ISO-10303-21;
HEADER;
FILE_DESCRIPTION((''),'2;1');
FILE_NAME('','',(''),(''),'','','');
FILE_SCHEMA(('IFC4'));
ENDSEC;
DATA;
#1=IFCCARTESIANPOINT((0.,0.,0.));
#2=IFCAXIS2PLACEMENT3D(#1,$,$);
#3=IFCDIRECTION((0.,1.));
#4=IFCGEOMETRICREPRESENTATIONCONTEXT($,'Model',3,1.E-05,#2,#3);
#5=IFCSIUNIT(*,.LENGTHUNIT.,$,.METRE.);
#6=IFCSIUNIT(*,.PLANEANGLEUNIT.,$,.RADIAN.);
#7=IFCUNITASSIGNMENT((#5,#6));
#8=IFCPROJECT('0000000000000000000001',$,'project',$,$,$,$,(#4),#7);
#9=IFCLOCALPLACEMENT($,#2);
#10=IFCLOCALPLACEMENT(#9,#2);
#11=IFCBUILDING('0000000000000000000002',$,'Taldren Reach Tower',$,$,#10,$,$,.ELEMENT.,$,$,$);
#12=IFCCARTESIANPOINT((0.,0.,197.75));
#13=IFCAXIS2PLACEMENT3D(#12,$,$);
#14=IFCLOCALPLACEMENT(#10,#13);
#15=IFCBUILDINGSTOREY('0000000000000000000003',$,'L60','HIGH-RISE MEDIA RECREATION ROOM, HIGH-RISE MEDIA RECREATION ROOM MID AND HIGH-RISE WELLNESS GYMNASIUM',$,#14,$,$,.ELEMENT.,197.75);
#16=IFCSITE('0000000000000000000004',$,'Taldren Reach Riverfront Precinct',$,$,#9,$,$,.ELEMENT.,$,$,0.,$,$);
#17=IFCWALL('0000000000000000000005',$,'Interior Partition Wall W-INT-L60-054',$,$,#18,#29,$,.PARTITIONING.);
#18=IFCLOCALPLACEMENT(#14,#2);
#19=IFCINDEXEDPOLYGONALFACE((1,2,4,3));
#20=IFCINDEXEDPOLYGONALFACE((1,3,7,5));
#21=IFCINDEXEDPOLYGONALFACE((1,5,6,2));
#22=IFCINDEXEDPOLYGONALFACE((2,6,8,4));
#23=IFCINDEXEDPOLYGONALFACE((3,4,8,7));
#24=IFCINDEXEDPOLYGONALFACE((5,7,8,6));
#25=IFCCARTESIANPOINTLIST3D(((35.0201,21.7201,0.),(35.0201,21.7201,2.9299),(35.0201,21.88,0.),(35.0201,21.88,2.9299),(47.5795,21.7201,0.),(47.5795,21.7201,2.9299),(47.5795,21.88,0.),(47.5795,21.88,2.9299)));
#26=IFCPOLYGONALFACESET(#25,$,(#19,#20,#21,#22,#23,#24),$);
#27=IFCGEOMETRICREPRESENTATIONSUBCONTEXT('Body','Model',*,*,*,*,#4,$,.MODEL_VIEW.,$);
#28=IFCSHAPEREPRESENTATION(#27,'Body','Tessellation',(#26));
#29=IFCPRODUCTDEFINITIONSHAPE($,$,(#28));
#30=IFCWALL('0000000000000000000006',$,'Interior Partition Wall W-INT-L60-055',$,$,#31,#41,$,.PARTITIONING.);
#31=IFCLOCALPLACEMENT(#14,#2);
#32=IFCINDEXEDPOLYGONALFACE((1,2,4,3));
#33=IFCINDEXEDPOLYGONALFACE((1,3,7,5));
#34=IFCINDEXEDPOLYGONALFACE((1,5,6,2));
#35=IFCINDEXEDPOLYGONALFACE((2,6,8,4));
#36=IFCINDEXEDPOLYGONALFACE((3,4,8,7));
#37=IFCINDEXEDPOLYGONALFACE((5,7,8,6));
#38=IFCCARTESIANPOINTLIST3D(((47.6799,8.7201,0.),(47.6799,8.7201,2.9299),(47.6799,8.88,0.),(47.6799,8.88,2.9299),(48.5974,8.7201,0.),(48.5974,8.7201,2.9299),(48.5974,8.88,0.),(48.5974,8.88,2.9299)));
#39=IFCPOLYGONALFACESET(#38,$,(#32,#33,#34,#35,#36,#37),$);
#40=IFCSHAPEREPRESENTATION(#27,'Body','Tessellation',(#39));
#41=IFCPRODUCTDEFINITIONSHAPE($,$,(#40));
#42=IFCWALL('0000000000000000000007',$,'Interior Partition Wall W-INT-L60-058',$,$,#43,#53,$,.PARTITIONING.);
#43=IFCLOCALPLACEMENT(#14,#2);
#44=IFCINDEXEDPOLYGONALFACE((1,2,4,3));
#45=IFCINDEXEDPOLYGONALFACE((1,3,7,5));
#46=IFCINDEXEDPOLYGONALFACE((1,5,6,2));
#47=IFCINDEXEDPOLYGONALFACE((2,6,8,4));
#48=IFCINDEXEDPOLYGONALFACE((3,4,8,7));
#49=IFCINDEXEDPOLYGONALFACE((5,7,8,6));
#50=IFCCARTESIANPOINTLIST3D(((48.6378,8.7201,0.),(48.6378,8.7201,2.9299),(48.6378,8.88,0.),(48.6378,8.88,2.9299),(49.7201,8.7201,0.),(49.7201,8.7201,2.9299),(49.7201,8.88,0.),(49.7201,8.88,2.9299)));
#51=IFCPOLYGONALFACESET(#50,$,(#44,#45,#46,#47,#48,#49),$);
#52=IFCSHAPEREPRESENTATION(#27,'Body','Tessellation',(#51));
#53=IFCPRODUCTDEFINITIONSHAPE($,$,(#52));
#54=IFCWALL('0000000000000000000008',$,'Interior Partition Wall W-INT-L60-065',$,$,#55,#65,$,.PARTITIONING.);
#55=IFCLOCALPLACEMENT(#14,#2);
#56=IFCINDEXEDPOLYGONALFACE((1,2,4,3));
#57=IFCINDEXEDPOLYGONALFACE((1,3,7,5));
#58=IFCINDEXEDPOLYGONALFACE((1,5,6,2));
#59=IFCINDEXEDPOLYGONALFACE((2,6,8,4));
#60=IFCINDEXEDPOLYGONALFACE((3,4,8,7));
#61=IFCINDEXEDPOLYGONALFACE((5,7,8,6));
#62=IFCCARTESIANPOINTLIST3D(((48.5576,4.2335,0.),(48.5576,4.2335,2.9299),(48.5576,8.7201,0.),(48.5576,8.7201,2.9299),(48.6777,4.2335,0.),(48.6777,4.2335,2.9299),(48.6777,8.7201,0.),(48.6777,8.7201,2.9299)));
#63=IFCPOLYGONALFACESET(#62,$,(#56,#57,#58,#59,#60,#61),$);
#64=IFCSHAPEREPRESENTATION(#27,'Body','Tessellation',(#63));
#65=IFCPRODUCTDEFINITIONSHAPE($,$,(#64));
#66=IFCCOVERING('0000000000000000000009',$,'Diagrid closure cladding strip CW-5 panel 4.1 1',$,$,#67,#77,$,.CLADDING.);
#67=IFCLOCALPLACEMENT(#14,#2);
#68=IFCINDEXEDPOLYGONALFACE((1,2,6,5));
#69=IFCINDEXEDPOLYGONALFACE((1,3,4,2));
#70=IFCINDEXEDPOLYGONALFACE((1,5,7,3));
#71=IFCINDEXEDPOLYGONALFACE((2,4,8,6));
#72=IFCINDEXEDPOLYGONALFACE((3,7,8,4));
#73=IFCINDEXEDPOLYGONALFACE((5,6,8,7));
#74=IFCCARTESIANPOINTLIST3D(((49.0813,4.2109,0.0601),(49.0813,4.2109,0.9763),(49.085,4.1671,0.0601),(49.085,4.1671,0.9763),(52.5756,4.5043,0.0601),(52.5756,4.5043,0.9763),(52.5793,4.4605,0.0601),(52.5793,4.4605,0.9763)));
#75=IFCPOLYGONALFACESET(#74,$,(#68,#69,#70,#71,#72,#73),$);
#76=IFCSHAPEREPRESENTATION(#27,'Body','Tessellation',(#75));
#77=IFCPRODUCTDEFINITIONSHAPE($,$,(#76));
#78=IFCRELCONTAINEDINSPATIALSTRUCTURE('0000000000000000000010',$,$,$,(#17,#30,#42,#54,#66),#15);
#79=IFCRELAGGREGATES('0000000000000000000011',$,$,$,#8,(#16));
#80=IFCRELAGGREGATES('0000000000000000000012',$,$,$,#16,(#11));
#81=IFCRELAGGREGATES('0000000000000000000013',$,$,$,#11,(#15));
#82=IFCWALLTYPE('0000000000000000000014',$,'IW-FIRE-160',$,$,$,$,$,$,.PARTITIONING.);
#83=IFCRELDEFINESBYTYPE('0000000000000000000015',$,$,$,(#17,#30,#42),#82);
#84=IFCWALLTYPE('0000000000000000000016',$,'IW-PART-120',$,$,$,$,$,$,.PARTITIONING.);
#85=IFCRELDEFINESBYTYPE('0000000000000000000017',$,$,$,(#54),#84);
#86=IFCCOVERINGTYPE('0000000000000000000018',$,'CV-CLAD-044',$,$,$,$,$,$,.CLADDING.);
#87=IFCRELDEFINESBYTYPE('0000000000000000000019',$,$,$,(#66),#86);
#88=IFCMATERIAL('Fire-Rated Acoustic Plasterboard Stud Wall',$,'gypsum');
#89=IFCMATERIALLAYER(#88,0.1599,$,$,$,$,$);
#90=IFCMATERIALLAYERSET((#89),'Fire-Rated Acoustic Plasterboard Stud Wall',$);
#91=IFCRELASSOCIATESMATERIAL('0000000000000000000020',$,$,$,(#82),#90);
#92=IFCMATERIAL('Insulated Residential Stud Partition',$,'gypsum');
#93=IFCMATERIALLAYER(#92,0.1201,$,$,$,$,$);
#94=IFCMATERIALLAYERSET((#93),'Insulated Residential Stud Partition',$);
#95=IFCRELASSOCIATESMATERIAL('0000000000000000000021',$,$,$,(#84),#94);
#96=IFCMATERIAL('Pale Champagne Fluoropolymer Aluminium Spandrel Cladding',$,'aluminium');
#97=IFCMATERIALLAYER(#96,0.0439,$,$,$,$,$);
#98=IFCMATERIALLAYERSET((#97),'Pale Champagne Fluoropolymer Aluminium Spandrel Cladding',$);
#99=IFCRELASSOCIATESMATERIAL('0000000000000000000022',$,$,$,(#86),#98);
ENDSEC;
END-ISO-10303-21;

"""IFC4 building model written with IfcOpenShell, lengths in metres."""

from ifc_helpers import new_model, si_unit, direction, frame, frame_2d, origin, origin_2d, place, context, subcontext, project, spatial, rectangle, extrude, source, transform, mapped, material, layer, layer_set, type_object, element, save


model = new_model("IFC4")

# Units and contexts
model_context = context("Model", 3, precision=1e-05, world=origin(), true_north=direction((0.0, 1.0)))
body_context = subcontext(model_context, "Body", "Model", "MODEL_VIEW")
ifc_project = project(units=[si_unit("LENGTHUNIT", "METRE"), si_unit("PLANEANGLEUNIT", "RADIAN")], contexts=[model_context])

# Site, building, storey
site_placement = place(None, origin())
site = spatial("IfcSite", under=ifc_project, at=site_placement, Name="Taldren Reach Riverfront Precinct", CompositionType="ELEMENT", RefElevation=0.0)
building_placement = place(site_placement, origin())
building = spatial("IfcBuilding", under=site, at=building_placement, Name="Taldren Reach Tower", CompositionType="ELEMENT")
storey_placement = place(building_placement, frame((0.0, 0.0, 197.75)))
storey = spatial("IfcBuildingStorey", under=building, at=storey_placement, Name="L60", Description="HIGH-RISE MEDIA RECREATION ROOM, HIGH-RISE MEDIA RECREATION ROOM MID AND HIGH-RISE WELLNESS GYMNASIUM", CompositionType="ELEMENT", Elevation=197.75)

# Shared definitions
ifc_material_1 = material(Name="Fire-Rated Acoustic Plasterboard Stud Wall", Category="gypsum")
ifc_layer_1 = layer(ifc_material_1, 0.1599)
ifc_layer_set_1 = layer_set([ifc_layer_1], Name="Fire-Rated Acoustic Plasterboard Stud Wall")
wall_type_1 = type_object("IfcWallType", Name="IW-FIRE-160", PredefinedType="PARTITIONING", material=ifc_layer_set_1)

# Walls
ifc_material_2 = material(Name="Insulated Residential Stud Partition", Category="gypsum")
ifc_layer_2 = layer(ifc_material_2, 0.1201)
ifc_layer_set_2 = layer_set([ifc_layer_2], Name="Insulated Residential Stud Partition")
wall_type_2 = type_object("IfcWallType", Name="IW-PART-120", PredefinedType="PARTITIONING", material=ifc_layer_set_2)
shared_shape_1 = source(origin(), body_context, "Body", "SweptSolid", [
    extrude(rectangle(XDim=12.5593, YDim=0.1599, at=frame_2d((6.2798, 0.0))), origin(), (0.0, 0.0, 1.0), 2.9299),
])
wall_1_placement = place(storey_placement, frame((47.5796, 21.8, 0.0), z_axis=(0.0, 0.0, 1.0), x_axis=(-1.0, 0.0, 0.0)))
element("IfcWall", 1, at=wall_1_placement, inside=storey, type_object=wall_type_1, Name="Interior Partition Wall W-INT-L60-054", PredefinedType="PARTITIONING", context=body_context, shape_type="MappedRepresentation", body=[
    mapped(shared_shape_1, transform((0.0, 0.0, 0.0), scale=1.0)),
])
shared_shape_2 = source(origin(), body_context, "Body", "SweptSolid", [
    extrude(rectangle(XDim=0.9175, YDim=0.1599, at=frame_2d((0.4587, 0.0))), origin(), (0.0, 0.0, 1.0), 2.9299),
])
wall_2_placement = place(storey_placement, frame((48.5974, 8.8, 0.0), z_axis=(0.0, 0.0, 1.0), x_axis=(-1.0, 0.0, 0.0)))
element("IfcWall", 2, at=wall_2_placement, inside=storey, type_object=wall_type_1, Name="Interior Partition Wall W-INT-L60-055", PredefinedType="PARTITIONING", context=body_context, shape_type="MappedRepresentation", body=[
    mapped(shared_shape_2, transform((0.0, 0.0, 0.0), scale=1.0)),
])
shared_shape_3 = source(origin(), body_context, "Body", "SweptSolid", [
    extrude(rectangle(XDim=1.0823, YDim=0.1599, at=frame_2d((0.541, 0.0))), origin(), (0.0, 0.0, 1.0), 2.9299),
])
wall_3_placement = place(storey_placement, frame((49.72, 8.8, 0.0), z_axis=(0.0, 0.0, 1.0), x_axis=(-1.0, 0.0, 0.0)))
element("IfcWall", 3, at=wall_3_placement, inside=storey, type_object=wall_type_1, Name="Interior Partition Wall W-INT-L60-058", PredefinedType="PARTITIONING", context=body_context, shape_type="MappedRepresentation", body=[
    mapped(shared_shape_3, transform((0.0, 0.0, 0.0), scale=1.0)),
])
shared_shape_4 = source(origin(), body_context, "Body", "SweptSolid", [
    extrude(rectangle(XDim=4.4866, YDim=0.1201, at=frame_2d((2.2432, 0.0))), origin(), (0.0, 0.0, 1.0), 2.9299),
])
wall_4_placement = place(storey_placement, frame((48.6177, 8.72, 0.0), z_axis=(0.0, 0.0, 1.0), x_axis=(0.0, -1.0, 0.0)))
element("IfcWall", 4, at=wall_4_placement, inside=storey, type_object=wall_type_2, Name="Interior Partition Wall W-INT-L60-065", PredefinedType="PARTITIONING", context=body_context, shape_type="MappedRepresentation", body=[
    mapped(shared_shape_4, transform((0.0, 0.0, 0.0), scale=1.0)),
])

# Covering
ifc_material_3 = material(Name="Pale Champagne Fluoropolymer Aluminium Spandrel Cladding", Category="aluminium")
ifc_layer_3 = layer(ifc_material_3, 0.0439)
ifc_layer_set_3 = layer_set([ifc_layer_3], Name="Pale Champagne Fluoropolymer Aluminium Spandrel Cladding")
covering_type = type_object("IfcCoveringType", Name="CV-CLAD-044", PredefinedType="CLADDING", material=ifc_layer_set_3)
shared_shape_5 = source(origin(), body_context, "Body", "SweptSolid", [
    extrude(rectangle(XDim=3.5066, YDim=0.0439, at=origin_2d()), origin(), (0.0, 0.0, 1.0), 0.9163),
])
covering_placement = place(storey_placement, frame((50.8303, 4.3357, 0.0601), z_axis=(0.0, 0.0, 1.0), x_axis=(0.996493, 0.083678, 0.0)))
element("IfcCovering", 5, at=covering_placement, inside=storey, type_object=covering_type, Name="Diagrid closure cladding strip CW-5 panel 4.1 1", PredefinedType="CLADDING", context=body_context, shape_type="MappedRepresentation", body=[
    mapped(shared_shape_5, transform((0.0, 0.0, 0.0), scale=1.0)),
])

save(model, "model.ifc")
